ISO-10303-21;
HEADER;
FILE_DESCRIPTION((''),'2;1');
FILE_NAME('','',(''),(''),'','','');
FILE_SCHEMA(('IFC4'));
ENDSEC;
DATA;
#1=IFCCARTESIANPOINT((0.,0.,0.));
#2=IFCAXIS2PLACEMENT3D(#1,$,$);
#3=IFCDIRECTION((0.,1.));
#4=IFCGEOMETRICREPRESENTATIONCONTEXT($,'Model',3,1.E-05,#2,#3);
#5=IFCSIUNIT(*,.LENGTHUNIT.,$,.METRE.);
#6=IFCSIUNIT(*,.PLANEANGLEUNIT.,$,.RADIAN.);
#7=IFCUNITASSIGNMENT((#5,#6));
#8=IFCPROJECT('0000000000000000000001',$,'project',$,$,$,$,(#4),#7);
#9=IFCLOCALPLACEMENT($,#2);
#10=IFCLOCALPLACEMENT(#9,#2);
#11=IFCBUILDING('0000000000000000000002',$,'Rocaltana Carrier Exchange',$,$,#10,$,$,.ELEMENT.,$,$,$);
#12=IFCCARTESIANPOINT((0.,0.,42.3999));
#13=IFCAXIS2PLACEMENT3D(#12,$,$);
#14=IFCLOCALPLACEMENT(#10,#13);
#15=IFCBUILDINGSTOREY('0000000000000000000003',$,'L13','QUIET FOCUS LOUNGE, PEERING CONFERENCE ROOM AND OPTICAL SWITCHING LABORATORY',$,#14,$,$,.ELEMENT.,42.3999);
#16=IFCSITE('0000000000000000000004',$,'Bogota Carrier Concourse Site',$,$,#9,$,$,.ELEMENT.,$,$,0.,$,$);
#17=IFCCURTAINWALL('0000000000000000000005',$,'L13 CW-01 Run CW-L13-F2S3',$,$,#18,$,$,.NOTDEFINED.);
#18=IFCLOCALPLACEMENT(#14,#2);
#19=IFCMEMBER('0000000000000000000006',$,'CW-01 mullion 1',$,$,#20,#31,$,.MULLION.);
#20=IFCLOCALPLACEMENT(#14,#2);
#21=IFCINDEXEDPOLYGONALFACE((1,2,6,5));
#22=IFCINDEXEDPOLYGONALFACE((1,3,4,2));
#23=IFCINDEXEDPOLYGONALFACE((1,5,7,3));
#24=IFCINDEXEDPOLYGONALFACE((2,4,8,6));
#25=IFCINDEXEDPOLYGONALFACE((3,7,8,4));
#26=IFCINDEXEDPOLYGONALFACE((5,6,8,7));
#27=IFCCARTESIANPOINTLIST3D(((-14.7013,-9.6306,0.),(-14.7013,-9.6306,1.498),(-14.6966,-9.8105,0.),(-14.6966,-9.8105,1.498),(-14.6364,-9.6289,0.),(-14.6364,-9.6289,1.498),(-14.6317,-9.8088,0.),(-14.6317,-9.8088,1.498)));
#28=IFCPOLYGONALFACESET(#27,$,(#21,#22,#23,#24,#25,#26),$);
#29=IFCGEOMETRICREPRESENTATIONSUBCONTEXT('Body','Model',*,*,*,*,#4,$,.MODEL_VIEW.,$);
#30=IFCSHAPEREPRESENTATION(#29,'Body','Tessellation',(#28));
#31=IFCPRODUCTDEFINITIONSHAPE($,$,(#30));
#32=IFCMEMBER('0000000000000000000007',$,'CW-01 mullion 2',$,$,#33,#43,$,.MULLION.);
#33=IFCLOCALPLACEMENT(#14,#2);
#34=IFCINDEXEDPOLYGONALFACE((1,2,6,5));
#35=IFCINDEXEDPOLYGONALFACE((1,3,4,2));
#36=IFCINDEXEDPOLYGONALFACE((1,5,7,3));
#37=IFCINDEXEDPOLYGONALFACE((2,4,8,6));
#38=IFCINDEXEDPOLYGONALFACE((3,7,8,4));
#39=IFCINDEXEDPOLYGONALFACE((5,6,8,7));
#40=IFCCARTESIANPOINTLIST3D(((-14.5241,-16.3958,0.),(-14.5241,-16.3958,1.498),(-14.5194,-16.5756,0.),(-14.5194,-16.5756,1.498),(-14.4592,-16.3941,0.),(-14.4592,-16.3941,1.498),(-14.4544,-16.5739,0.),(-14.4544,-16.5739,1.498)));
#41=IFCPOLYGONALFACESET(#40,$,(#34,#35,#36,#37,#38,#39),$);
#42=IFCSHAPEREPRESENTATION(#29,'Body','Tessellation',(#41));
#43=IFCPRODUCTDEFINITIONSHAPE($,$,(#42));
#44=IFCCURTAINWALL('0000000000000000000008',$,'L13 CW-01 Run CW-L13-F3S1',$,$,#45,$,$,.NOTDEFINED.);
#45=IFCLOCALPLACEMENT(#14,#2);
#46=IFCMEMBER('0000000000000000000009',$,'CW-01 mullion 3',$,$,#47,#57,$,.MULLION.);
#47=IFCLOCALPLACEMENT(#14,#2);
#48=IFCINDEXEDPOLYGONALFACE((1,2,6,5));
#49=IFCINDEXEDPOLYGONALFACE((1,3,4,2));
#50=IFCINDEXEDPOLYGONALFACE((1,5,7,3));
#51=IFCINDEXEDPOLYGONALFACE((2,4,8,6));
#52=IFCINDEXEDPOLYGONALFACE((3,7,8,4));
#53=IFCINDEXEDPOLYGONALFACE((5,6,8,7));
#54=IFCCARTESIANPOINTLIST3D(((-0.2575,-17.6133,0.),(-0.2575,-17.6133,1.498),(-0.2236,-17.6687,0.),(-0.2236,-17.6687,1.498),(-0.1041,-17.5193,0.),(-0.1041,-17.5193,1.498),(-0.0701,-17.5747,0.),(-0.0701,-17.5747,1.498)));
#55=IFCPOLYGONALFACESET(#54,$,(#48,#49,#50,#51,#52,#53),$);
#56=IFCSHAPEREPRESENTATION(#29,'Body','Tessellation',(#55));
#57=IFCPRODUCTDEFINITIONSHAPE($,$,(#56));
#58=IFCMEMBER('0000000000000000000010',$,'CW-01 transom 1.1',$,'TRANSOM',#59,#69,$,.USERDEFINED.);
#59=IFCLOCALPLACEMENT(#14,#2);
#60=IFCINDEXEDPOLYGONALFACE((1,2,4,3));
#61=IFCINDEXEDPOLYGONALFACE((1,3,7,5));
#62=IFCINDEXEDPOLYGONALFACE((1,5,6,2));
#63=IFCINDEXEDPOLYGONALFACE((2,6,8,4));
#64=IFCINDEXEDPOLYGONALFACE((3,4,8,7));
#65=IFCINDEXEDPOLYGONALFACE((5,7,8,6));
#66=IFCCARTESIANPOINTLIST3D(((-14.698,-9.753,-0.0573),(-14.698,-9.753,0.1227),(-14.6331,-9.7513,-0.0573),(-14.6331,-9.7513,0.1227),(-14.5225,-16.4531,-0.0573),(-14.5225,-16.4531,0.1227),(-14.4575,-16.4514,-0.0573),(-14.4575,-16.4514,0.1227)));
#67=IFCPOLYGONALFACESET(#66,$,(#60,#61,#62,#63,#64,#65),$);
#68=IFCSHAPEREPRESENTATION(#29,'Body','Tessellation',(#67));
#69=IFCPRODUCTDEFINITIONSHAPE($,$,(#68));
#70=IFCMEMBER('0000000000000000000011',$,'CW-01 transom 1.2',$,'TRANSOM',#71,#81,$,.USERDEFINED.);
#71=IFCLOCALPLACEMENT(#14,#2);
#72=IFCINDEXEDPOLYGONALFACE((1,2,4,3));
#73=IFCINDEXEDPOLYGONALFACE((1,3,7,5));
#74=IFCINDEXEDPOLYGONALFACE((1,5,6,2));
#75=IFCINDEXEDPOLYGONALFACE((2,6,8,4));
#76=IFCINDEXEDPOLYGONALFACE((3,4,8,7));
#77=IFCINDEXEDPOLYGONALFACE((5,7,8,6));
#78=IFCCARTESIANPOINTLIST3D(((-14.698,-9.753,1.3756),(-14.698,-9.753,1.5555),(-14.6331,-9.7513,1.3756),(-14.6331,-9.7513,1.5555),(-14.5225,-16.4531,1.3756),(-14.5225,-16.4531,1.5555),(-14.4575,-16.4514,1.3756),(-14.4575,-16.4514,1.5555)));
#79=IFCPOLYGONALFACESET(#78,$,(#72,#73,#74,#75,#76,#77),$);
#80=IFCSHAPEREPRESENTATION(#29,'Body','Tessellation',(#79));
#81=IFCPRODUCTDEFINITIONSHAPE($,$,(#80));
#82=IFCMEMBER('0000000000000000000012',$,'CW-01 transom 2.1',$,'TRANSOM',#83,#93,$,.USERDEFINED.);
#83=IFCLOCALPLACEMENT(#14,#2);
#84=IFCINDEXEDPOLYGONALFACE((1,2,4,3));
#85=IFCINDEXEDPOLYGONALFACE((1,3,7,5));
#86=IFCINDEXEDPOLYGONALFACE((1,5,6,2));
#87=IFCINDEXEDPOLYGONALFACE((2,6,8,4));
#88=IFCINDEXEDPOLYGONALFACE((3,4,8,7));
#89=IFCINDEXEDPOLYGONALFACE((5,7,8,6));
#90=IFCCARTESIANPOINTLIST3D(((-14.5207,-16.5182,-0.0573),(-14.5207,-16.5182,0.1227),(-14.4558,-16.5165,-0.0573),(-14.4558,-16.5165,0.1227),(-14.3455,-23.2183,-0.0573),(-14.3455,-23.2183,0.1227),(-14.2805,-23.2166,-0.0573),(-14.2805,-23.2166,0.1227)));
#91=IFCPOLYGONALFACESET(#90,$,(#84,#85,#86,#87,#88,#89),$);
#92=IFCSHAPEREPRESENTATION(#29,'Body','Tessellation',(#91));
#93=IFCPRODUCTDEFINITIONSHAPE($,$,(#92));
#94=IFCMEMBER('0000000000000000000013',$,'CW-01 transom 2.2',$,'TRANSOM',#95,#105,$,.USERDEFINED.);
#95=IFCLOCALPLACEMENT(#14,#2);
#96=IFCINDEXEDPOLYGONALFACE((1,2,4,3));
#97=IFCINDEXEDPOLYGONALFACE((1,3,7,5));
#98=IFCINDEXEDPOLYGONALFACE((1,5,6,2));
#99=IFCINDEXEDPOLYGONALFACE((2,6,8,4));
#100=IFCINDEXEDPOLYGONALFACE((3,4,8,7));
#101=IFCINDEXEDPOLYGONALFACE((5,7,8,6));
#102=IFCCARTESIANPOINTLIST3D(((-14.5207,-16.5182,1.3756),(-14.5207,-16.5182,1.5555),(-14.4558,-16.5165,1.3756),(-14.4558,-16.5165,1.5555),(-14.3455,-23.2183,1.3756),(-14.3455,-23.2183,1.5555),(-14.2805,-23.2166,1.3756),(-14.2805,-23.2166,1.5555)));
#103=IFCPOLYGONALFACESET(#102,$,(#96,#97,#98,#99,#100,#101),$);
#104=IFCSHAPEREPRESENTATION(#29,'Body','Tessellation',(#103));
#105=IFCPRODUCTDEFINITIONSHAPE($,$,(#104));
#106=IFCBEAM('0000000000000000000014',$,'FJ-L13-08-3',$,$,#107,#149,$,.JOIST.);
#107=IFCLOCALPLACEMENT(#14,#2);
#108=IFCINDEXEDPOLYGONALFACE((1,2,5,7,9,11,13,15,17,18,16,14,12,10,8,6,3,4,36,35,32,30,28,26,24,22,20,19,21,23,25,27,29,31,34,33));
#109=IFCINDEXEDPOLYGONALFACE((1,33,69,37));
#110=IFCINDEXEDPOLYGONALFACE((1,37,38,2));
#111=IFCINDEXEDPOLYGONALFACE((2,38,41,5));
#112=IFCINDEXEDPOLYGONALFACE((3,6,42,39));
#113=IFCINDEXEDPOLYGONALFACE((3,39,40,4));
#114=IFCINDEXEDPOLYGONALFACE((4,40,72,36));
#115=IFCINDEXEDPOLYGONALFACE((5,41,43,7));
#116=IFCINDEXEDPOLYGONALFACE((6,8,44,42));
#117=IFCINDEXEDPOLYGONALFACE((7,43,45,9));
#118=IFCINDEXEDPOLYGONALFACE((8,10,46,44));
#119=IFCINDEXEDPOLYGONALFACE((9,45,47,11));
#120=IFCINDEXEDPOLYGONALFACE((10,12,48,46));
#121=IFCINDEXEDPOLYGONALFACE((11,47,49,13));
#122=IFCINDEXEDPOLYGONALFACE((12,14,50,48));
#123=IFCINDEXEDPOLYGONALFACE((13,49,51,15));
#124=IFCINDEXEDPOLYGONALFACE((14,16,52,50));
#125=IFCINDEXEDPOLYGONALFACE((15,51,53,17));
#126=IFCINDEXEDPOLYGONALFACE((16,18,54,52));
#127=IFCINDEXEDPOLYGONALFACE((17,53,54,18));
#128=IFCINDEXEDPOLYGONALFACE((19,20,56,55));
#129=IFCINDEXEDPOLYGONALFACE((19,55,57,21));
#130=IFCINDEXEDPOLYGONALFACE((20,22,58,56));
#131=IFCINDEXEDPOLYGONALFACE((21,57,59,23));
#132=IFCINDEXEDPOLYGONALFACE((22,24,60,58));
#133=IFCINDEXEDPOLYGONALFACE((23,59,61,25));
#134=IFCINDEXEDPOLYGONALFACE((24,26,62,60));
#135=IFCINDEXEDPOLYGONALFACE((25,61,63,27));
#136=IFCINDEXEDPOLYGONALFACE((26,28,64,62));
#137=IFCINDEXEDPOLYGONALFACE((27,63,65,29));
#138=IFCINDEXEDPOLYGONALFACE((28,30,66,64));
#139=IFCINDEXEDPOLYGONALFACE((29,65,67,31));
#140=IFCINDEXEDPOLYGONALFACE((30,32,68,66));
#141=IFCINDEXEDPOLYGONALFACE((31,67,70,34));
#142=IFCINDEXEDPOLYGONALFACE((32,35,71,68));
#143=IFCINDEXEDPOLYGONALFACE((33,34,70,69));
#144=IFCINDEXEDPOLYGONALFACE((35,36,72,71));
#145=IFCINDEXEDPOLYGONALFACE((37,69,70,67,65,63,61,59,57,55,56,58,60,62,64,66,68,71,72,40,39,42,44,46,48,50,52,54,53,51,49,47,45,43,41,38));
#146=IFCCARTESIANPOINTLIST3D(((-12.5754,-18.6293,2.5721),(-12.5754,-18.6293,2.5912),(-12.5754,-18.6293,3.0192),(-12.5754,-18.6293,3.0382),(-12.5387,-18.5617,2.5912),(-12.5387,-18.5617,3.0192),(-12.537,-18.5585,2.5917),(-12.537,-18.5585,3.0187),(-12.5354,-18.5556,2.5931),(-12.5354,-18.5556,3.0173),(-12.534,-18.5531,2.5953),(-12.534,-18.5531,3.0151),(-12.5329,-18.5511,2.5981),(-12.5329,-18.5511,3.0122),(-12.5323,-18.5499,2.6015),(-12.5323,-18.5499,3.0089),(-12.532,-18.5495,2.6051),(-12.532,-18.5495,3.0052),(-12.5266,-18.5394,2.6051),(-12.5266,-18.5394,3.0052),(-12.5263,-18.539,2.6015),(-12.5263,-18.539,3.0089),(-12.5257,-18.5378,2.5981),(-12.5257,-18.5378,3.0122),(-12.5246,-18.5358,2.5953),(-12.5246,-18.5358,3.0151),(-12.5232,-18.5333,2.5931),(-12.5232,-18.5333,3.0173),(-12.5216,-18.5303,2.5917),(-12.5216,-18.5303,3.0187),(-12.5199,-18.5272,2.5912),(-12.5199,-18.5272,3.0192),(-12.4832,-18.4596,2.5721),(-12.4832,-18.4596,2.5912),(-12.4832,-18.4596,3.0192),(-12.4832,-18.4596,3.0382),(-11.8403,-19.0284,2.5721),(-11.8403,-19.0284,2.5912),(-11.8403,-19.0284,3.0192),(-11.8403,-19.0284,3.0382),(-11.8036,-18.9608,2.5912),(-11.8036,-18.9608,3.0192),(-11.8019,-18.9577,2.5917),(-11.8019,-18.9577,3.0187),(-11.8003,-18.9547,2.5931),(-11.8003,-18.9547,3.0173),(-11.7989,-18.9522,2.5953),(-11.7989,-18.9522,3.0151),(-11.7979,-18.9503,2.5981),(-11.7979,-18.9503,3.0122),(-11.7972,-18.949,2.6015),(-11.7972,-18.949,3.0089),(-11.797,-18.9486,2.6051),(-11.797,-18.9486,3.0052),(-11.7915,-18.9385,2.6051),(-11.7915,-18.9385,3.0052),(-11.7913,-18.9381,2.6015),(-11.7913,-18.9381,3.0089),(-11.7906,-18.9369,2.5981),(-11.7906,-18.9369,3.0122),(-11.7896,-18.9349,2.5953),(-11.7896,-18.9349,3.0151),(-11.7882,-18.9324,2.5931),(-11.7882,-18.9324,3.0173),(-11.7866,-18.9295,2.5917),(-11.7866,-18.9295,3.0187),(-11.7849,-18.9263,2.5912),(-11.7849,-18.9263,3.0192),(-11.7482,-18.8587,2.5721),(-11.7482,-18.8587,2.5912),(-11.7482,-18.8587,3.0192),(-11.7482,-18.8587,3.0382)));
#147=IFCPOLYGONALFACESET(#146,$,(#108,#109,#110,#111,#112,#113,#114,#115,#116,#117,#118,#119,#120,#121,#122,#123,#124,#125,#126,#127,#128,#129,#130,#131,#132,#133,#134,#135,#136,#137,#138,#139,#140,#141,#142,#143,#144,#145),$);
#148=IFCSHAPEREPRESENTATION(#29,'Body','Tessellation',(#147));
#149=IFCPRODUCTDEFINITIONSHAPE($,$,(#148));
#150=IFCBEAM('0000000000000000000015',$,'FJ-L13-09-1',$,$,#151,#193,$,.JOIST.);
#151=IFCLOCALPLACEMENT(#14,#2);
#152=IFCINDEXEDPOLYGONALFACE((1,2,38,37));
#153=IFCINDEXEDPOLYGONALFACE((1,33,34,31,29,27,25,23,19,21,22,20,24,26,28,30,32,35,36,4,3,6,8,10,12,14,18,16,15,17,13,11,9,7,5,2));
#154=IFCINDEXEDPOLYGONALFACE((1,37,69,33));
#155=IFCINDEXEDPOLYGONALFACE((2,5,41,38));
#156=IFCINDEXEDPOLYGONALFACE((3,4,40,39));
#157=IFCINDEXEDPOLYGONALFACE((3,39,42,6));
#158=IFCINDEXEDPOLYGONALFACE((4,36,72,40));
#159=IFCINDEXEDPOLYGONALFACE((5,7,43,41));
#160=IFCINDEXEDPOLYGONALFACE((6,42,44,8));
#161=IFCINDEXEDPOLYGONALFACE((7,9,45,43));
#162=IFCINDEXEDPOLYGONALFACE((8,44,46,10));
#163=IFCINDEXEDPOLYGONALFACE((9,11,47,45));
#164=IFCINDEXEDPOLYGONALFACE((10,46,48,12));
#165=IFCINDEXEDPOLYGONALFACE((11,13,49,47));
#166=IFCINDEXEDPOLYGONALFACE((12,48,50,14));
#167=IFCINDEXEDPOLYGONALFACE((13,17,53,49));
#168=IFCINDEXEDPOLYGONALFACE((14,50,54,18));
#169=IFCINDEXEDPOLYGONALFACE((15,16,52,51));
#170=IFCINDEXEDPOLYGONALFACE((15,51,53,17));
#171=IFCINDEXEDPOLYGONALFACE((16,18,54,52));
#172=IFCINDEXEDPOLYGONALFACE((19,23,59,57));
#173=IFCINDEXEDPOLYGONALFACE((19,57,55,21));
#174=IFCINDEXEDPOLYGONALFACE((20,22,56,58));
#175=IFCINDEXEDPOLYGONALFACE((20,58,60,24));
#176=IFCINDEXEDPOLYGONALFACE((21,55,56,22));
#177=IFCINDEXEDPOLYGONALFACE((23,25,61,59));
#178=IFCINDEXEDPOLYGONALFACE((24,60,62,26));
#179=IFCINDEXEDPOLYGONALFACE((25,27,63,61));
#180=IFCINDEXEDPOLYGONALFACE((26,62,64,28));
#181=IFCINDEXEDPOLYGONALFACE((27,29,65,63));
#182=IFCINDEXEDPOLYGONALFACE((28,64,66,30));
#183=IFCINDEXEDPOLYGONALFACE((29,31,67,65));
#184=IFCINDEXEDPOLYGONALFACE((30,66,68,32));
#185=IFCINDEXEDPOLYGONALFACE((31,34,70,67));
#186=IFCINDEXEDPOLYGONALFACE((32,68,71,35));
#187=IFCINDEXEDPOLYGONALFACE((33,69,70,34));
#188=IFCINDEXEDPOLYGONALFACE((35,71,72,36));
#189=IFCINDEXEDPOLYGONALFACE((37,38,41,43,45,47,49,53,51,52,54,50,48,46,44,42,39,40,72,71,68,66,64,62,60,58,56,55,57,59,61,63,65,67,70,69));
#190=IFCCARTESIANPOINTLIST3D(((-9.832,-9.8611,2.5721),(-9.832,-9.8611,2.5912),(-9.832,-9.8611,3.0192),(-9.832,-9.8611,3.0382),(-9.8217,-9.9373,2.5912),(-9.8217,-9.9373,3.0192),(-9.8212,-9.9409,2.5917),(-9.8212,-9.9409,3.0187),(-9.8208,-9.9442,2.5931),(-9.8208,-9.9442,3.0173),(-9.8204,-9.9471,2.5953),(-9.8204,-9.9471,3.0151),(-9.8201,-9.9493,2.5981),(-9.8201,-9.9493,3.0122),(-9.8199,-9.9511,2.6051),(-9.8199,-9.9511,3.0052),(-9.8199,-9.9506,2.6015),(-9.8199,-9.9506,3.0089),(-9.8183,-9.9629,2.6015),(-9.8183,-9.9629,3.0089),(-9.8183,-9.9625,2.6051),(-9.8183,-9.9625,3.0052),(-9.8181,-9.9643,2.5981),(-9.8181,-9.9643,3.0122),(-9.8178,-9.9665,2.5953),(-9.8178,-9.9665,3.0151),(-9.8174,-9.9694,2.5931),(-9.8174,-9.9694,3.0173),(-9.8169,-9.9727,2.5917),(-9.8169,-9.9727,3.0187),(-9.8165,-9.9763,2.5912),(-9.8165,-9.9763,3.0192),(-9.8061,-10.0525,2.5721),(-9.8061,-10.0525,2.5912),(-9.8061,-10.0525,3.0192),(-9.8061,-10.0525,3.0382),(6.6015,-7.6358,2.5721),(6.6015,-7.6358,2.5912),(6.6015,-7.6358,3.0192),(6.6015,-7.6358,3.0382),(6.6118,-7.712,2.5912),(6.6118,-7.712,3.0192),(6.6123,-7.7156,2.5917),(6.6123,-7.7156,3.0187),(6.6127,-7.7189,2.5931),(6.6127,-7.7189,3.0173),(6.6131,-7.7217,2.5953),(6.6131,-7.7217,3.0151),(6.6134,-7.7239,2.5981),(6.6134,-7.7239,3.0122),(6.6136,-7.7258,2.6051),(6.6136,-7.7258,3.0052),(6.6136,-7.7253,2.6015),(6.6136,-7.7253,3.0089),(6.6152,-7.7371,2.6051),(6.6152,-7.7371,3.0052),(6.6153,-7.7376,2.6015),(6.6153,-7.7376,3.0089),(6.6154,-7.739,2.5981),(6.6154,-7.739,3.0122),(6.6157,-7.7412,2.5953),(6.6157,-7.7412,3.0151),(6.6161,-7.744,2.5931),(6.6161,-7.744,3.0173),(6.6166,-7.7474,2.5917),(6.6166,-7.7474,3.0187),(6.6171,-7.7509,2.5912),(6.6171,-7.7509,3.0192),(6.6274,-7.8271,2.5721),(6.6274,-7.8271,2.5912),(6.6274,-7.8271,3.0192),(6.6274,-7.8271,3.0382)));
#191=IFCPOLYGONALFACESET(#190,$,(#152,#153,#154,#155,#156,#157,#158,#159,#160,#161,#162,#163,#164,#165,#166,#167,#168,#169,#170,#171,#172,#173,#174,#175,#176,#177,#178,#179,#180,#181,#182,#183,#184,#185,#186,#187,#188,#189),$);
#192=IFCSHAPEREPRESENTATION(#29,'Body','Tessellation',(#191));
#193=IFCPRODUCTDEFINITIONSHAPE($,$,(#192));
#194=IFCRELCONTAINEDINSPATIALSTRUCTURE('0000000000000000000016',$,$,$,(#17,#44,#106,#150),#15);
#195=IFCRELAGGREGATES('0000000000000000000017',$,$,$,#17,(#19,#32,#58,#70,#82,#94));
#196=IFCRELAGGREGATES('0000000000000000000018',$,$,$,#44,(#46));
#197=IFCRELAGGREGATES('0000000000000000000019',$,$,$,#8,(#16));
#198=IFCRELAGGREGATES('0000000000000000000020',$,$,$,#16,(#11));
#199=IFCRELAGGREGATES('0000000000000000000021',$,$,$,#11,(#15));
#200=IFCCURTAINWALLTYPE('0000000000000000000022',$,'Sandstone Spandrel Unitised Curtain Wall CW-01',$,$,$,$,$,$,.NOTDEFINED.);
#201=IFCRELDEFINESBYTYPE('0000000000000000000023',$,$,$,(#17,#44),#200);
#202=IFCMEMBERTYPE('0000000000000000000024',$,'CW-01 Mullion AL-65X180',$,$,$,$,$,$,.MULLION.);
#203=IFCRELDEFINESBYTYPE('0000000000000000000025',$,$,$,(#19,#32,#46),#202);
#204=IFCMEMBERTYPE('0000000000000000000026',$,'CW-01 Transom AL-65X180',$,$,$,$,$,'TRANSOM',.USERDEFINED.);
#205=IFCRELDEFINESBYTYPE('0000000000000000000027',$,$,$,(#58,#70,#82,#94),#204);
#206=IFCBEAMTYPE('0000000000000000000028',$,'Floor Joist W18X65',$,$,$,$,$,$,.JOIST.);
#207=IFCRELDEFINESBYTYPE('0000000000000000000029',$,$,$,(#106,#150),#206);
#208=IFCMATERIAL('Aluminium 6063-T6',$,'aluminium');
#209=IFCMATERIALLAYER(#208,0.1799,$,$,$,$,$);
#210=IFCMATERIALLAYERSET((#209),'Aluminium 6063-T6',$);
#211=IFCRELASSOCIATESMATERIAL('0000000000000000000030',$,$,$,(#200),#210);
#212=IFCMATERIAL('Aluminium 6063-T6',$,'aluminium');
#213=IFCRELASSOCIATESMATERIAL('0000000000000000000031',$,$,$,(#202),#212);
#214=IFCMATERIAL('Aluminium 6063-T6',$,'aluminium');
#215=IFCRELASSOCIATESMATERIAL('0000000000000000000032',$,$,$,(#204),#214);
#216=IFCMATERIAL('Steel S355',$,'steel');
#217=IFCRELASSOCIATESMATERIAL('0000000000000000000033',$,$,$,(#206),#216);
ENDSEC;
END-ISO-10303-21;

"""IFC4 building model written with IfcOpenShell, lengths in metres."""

from ifc_helpers import new_model, si_unit, direction, frame, origin, origin_2d, place, context, subcontext, project, spatial, rectangle, i_section, extrude, material, layer, layer_set, material_profile, profile_set, type_object, element, aggregate, save


model = new_model("IFC4")

# Units and contexts
model_context = context("Model", 3, precision=1e-05, world=origin(), true_north=direction((0.0, 1.0)))
body_context = subcontext(model_context, "Body", "Model", "MODEL_VIEW")
ifc_project = project(units=[si_unit("LENGTHUNIT", "METRE"), si_unit("PLANEANGLEUNIT", "RADIAN")], contexts=[model_context])

# Site, building, storey
site_placement = place(None, origin())
site = spatial("IfcSite", under=ifc_project, at=site_placement, Name="Bogota Carrier Concourse Site", CompositionType="ELEMENT", RefElevation=0.0)
building_placement = place(site_placement, origin())
building = spatial("IfcBuilding", under=site, at=building_placement, Name="Rocaltana Carrier Exchange", CompositionType="ELEMENT")
storey_placement = place(building_placement, frame((0.0, 0.0, 42.3999)))
storey = spatial("IfcBuildingStorey", under=building, at=storey_placement, Name="L13", Description="QUIET FOCUS LOUNGE, PEERING CONFERENCE ROOM AND OPTICAL SWITCHING LABORATORY", CompositionType="ELEMENT", Elevation=42.3999)

# Curtain wall, members
ifc_material_1 = material(Name="Aluminium 6063-T6", Category="aluminium")
ifc_layer_1 = layer(ifc_material_1, 0.1799)
ifc_layer_set_1 = layer_set([ifc_layer_1], Name="Aluminium 6063-T6")
curtain_wall_type = type_object("IfcCurtainWallType", Name="Sandstone Spandrel Unitised Curtain Wall CW-01", PredefinedType="NOTDEFINED", material=ifc_layer_set_1)
curtain_wall_1_placement = place(storey_placement, origin())
curtain_wall_1 = element("IfcCurtainWall", 1, at=curtain_wall_1_placement, inside=storey, type_object=curtain_wall_type, Name="L13 CW-01 Run CW-L13-F2S3", PredefinedType="NOTDEFINED")
ifc_material_2 = material(Name="Aluminium 6063-T6", Category="aluminium")
ifc_material_profile_1 = material_profile(ifc_material_2, rectangle(XDim=0.0649, YDim=0.1799, at=origin_2d()), Name="AL-65X180")
ifc_profile_set_1 = profile_set([ifc_material_profile_1], Name="Aluminium 6063-T6")
member_type_1 = type_object("IfcMemberType", Name="CW-01 Mullion AL-65X180", PredefinedType="MULLION", material=ifc_profile_set_1)
member_1_placement = place(storey_placement, frame((-14.6665, -9.7197, 0.0), z_axis=(0.0, 0.0, 1.0), x_axis=(0.999657, 0.026184, 0.0)))
member_1 = element("IfcMember", 2, at=member_1_placement, type_object=member_type_1, Name="CW-01 mullion 1", PredefinedType="MULLION", context=body_context, shape_type="SweptSolid", body=[
    extrude(rectangle(XDim=0.0649, YDim=0.1799, at=origin_2d()), origin(), (0.0, 0.0, 1.0), 1.498),
])
member_2_placement = place(storey_placement, frame((-14.4893, -16.4849, 0.0), z_axis=(0.0, 0.0, 1.0), x_axis=(0.999657, 0.026184, 0.0)))
member_2 = element("IfcMember", 3, at=member_2_placement, type_object=member_type_1, Name="CW-01 mullion 2", PredefinedType="MULLION", context=body_context, shape_type="SweptSolid", body=[
    extrude(rectangle(XDim=0.0649, YDim=0.1799, at=origin_2d()), origin(), (0.0, 0.0, 1.0), 1.498),
])

# Curtain wall, member
curtain_wall_2_placement = place(storey_placement, origin())
curtain_wall_2 = element("IfcCurtainWall", 4, at=curtain_wall_2_placement, inside=storey, type_object=curtain_wall_type, Name="L13 CW-01 Run CW-L13-F3S1", PredefinedType="NOTDEFINED")
member_3_placement = place(storey_placement, frame((-0.1638, -17.594, 0.0), z_axis=(0.0, 0.0, 1.0), x_axis=(-0.522505, 0.852636, 0.0)))
member_3 = element("IfcMember", 5, at=member_3_placement, type_object=member_type_1, Name="CW-01 mullion 3", PredefinedType="MULLION", context=body_context, shape_type="SweptSolid", body=[
    extrude(rectangle(XDim=0.0649, YDim=0.1799, at=origin_2d()), origin(), (0.0, 0.0, 1.0), 1.498),
])

# Members
ifc_material_3 = material(Name="Aluminium 6063-T6", Category="aluminium")
ifc_material_profile_2 = material_profile(ifc_material_3, rectangle(XDim=0.0649, YDim=0.1799, at=origin_2d()), Name="AL-65X180")
ifc_profile_set_2 = profile_set([ifc_material_profile_2], Name="Aluminium 6063-T6")
member_type_2 = type_object("IfcMemberType", Name="CW-01 Transom AL-65X180", ElementType="TRANSOM", PredefinedType="USERDEFINED", material=ifc_profile_set_2)
member_4_placement = place(storey_placement, frame((-14.6655, -9.7522, 0.0327), z_axis=(0.02619, -0.999657, 0.0), x_axis=(0.999657, 0.02619, 0.0)))
member_4 = element("IfcMember", 6, at=member_4_placement, type_object=member_type_2, Name="CW-01 transom 1.1", ObjectType="TRANSOM", PredefinedType="USERDEFINED", context=body_context, shape_type="SweptSolid", body=[
    extrude(rectangle(XDim=0.0649, YDim=0.1799, at=origin_2d()), origin(), (0.0, 0.0, 1.0), 6.7024),
])
member_5_placement = place(storey_placement, frame((-14.6655, -9.7522, 1.4656), z_axis=(0.02619, -0.999657, 0.0), x_axis=(0.999657, 0.02619, 0.0)))
member_5 = element("IfcMember", 7, at=member_5_placement, type_object=member_type_2, Name="CW-01 transom 1.2", ObjectType="TRANSOM", PredefinedType="USERDEFINED", context=body_context, shape_type="SweptSolid", body=[
    extrude(rectangle(XDim=0.0649, YDim=0.1799, at=origin_2d()), origin(), (0.0, 0.0, 1.0), 6.7024),
])
member_6_placement = place(storey_placement, frame((-14.4883, -16.5173, 0.0327), z_axis=(0.026153, -0.999658, 0.0), x_axis=(0.999658, 0.026153, 0.0)))
member_6 = element("IfcMember", 8, at=member_6_placement, type_object=member_type_2, Name="CW-01 transom 2.1", ObjectType="TRANSOM", PredefinedType="USERDEFINED", context=body_context, shape_type="SweptSolid", body=[
    extrude(rectangle(XDim=0.0649, YDim=0.1799, at=origin_2d()), origin(), (0.0, 0.0, 1.0), 6.7024),
])
member_7_placement = place(storey_placement, frame((-14.4883, -16.5173, 1.4656), z_axis=(0.026153, -0.999658, 0.0), x_axis=(0.999658, 0.026153, 0.0)))
member_7 = element("IfcMember", 9, at=member_7_placement, type_object=member_type_2, Name="CW-01 transom 2.2", ObjectType="TRANSOM", PredefinedType="USERDEFINED", context=body_context, shape_type="SweptSolid", body=[
    extrude(rectangle(XDim=0.0649, YDim=0.1799, at=origin_2d()), origin(), (0.0, 0.0, 1.0), 6.7024),
])

# Beams
ifc_material_4 = material(Name="Steel S355", Category="steel")
ifc_material_profile_3 = material_profile(ifc_material_4, i_section(OverallWidth=0.1931, OverallDepth=0.4661, WebThickness=0.0115, FlangeThickness=0.019, FilletRadius=0.0139, at=origin_2d()), Name="W18X65")
ifc_profile_set_3 = profile_set([ifc_material_profile_3], Name="Steel S355")
beam_type_1 = type_object("IfcBeamType", Name="Floor Joist W18X65", PredefinedType="JOIST", material=ifc_profile_set_3)
beam_1_placement = place(storey_placement, frame((-12.5293, -18.5444, 2.8052), z_axis=(0.878797, -0.477195, 0.0), x_axis=(0.477195, 0.878797, 0.0)))
element("IfcBeam", 10, at=beam_1_placement, inside=storey, type_object=beam_type_1, Name="FJ-L13-08-3", PredefinedType="JOIST", context=body_context, shape_type="SweptSolid", body=[
    extrude(i_section(OverallWidth=0.1931, OverallDepth=0.4661, WebThickness=0.0115, FlangeThickness=0.019, FilletRadius=0.0139, at=origin_2d()), origin(), (0.0, 0.0, 1.0), 0.8364),
])
beam_2_placement = place(storey_placement, frame((-9.8191, -9.9568, 2.8052), z_axis=(0.990956, 0.134189, 0.0), x_axis=(-0.134189, 0.990956, 0.0)))
element("IfcBeam", 11, at=beam_2_placement, inside=storey, type_object=beam_type_1, Name="FJ-L13-09-1", PredefinedType="JOIST", context=body_context, shape_type="SweptSolid", body=[
    extrude(i_section(OverallWidth=0.1931, OverallDepth=0.4661, WebThickness=0.0115, FlangeThickness=0.019, FilletRadius=0.0139, at=origin_2d()), origin(), (0.0, 0.0, 1.0), 16.5835),
])

aggregate(curtain_wall_1, [member_1, member_2, member_4, member_5, member_6, member_7])
aggregate(curtain_wall_2, [member_3])

save(model, "model.ifc")
